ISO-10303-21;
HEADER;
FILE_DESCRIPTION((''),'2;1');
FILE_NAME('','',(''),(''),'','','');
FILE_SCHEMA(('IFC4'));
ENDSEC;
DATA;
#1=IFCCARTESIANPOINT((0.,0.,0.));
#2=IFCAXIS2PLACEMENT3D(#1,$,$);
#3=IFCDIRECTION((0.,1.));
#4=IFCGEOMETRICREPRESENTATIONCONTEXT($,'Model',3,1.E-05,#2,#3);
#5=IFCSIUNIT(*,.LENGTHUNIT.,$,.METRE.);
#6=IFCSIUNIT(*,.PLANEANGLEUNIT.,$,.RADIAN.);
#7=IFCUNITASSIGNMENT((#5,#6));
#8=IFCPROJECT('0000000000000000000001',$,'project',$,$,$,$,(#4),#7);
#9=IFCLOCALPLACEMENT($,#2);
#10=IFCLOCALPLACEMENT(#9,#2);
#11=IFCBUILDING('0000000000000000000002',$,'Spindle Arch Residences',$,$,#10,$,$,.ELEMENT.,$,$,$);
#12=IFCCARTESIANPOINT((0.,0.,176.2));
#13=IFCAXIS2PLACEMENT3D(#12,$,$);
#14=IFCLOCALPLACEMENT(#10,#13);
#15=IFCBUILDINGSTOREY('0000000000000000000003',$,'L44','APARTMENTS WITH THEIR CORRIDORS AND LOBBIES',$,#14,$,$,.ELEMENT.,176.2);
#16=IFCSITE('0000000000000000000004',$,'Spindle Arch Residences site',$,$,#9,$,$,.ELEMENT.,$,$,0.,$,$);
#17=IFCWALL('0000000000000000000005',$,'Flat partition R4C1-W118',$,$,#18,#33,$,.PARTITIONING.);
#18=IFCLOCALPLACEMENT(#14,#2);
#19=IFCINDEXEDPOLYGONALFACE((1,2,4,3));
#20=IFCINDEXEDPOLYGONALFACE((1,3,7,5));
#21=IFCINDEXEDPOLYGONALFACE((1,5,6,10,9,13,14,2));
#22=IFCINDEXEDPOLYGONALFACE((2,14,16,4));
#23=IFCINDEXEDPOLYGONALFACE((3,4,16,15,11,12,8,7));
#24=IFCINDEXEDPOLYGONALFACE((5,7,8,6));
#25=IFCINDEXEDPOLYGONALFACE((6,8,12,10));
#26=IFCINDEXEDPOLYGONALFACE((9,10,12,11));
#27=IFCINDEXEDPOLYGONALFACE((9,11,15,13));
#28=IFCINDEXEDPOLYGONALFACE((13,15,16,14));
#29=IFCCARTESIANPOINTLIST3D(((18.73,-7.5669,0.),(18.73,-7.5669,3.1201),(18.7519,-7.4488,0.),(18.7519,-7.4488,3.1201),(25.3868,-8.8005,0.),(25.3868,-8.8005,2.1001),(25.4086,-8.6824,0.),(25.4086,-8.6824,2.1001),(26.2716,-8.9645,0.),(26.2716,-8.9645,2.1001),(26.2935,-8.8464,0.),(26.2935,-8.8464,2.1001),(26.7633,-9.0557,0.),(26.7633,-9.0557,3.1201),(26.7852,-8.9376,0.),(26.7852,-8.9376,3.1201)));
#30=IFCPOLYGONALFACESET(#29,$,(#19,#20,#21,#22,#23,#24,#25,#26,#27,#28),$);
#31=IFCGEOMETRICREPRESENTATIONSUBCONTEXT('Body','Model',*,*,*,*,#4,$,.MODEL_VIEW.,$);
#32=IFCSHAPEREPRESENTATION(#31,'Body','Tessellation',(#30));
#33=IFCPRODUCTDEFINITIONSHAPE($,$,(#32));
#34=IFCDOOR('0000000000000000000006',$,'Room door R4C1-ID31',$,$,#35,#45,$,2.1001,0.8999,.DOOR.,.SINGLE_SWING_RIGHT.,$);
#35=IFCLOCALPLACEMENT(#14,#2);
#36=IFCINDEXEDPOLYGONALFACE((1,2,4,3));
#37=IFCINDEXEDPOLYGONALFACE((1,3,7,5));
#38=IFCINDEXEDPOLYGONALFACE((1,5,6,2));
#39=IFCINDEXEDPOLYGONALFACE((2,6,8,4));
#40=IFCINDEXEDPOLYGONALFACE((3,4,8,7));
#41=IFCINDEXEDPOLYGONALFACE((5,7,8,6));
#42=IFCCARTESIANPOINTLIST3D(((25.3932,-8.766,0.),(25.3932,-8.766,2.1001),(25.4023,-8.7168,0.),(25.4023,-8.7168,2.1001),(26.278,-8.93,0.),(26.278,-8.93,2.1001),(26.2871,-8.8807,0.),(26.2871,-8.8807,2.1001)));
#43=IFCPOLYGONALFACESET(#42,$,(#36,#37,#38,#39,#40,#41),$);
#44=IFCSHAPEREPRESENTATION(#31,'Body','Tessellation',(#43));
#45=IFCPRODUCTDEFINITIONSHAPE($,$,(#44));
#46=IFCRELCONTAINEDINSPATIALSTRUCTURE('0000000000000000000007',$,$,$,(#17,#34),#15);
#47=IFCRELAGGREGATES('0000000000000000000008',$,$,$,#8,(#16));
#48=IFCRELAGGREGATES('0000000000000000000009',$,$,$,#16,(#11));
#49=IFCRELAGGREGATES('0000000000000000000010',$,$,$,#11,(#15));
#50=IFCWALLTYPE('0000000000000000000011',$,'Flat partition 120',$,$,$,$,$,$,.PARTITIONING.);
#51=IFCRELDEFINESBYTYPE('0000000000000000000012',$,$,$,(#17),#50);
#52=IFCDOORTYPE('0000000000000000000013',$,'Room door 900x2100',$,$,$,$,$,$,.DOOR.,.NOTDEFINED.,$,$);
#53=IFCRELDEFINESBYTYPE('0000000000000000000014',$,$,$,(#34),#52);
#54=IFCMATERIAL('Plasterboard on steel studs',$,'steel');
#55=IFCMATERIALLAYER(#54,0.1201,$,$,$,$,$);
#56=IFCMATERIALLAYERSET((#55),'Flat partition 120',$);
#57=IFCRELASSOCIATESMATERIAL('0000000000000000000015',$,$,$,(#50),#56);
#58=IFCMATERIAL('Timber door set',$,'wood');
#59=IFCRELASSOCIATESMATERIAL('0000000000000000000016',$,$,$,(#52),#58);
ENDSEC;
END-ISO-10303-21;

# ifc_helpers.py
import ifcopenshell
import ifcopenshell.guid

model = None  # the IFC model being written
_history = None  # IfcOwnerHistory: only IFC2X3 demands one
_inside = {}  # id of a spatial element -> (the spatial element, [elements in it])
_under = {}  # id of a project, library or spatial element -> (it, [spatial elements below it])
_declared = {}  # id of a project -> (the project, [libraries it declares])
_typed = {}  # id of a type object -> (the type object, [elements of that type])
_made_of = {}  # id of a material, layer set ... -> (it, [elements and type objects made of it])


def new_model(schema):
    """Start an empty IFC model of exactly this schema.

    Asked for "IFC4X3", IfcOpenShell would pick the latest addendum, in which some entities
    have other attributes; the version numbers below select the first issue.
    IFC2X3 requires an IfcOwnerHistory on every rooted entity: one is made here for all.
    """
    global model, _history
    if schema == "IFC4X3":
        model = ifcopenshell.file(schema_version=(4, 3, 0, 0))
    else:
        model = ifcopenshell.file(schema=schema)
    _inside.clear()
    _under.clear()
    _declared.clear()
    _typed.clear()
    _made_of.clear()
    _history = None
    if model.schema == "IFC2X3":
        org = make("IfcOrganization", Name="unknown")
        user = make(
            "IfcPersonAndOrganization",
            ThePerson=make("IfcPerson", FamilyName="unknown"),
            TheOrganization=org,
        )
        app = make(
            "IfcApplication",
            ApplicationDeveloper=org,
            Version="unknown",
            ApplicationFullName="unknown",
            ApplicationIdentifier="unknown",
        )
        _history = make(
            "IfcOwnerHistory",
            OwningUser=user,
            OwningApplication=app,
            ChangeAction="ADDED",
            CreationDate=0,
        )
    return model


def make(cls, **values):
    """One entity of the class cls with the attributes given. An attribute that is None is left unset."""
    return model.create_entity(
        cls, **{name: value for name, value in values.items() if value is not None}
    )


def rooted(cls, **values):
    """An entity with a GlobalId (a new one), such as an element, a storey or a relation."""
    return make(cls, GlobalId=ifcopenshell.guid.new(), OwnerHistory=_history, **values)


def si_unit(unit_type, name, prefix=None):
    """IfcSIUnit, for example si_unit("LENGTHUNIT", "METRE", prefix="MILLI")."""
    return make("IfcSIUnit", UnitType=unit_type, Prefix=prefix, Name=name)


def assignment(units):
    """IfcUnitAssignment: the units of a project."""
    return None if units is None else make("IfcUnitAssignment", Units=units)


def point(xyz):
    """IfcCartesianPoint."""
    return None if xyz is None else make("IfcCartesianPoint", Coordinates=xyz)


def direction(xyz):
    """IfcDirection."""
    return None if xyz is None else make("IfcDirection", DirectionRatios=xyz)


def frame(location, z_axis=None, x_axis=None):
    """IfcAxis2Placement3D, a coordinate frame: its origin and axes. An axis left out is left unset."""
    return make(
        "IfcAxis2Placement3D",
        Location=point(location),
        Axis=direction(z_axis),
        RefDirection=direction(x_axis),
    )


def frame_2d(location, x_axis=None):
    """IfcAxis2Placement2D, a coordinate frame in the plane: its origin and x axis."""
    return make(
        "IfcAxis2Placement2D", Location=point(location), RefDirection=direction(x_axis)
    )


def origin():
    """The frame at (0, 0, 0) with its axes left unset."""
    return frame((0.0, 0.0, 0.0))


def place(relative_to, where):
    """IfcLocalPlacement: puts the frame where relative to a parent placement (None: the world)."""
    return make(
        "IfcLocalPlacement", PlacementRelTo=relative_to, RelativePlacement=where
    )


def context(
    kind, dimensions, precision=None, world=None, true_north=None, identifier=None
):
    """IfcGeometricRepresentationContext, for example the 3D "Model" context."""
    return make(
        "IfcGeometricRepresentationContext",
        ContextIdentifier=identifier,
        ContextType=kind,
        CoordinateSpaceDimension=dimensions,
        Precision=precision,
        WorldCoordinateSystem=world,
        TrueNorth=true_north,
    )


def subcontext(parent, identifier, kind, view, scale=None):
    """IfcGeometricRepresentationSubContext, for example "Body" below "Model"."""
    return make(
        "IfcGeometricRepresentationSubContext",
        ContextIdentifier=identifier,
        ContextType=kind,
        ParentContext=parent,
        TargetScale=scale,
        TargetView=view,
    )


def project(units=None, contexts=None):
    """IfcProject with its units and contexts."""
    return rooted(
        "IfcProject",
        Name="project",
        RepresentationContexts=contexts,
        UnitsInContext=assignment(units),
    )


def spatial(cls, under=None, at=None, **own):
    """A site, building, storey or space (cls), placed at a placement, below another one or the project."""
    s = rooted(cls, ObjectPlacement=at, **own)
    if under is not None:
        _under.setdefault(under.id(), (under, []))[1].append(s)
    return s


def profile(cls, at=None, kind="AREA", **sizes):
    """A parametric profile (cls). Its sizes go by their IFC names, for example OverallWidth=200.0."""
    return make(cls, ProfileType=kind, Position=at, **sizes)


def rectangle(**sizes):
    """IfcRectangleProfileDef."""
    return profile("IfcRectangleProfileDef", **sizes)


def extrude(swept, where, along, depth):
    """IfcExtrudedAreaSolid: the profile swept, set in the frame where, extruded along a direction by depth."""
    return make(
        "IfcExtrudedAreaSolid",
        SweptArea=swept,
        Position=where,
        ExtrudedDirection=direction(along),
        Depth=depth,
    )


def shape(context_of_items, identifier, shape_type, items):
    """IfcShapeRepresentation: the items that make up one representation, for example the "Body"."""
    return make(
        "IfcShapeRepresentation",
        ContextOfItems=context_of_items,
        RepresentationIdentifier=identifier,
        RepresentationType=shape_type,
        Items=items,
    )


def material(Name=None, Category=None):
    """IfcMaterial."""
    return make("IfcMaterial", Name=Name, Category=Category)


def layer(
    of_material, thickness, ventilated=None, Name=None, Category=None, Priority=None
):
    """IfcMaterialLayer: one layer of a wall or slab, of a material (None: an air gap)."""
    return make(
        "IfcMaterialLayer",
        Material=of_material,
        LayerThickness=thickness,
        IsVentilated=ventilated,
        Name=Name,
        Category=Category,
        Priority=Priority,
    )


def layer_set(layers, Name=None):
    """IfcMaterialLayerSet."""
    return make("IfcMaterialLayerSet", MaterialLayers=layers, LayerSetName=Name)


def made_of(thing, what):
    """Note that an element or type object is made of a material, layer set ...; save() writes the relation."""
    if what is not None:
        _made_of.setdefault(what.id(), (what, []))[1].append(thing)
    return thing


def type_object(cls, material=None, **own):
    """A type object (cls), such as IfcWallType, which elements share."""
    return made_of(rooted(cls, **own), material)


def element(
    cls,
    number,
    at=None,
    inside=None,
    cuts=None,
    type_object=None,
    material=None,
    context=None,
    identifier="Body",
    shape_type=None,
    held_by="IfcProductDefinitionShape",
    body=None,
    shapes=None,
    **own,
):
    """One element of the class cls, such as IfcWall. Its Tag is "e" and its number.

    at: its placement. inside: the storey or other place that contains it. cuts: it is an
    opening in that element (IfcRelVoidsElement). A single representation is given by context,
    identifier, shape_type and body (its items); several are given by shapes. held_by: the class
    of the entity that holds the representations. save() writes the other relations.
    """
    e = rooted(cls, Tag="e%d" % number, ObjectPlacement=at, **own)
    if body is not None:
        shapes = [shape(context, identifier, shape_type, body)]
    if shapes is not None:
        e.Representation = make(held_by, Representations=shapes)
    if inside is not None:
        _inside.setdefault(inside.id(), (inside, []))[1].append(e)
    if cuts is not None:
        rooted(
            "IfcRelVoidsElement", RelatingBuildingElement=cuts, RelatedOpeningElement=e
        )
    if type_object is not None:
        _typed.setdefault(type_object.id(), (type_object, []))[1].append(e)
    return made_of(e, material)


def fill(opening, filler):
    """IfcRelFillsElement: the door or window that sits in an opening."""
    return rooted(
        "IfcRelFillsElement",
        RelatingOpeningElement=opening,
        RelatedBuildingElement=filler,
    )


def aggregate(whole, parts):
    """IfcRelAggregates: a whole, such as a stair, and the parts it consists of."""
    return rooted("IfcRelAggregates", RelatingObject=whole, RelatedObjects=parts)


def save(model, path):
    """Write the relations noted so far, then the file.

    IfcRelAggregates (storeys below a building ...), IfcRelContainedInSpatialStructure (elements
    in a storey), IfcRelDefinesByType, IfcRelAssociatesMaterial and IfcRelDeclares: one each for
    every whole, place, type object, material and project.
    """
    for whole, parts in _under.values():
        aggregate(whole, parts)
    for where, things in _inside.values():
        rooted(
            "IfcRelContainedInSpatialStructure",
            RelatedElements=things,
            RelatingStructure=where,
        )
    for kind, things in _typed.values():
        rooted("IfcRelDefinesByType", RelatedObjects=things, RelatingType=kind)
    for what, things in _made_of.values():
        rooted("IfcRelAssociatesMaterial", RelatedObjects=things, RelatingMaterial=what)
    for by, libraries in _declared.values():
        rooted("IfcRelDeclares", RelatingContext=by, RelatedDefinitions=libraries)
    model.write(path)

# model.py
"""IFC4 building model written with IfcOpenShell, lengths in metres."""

from ifc_helpers import new_model, si_unit, direction, frame, frame_2d, origin, place, context, subcontext, project, spatial, rectangle, extrude, material, layer, layer_set, type_object, element, fill, save


model = new_model("IFC4")

# Units and contexts
model_context = context("Model", 3, precision=1e-05, world=origin(), true_north=direction((0.0, 1.0)))
body_context = subcontext(model_context, "Body", "Model", "MODEL_VIEW")
ifc_project = project(units=[si_unit("LENGTHUNIT", "METRE"), si_unit("PLANEANGLEUNIT", "RADIAN")], contexts=[model_context])

# Site, building, storey
site_placement = place(None, origin())
site = spatial("IfcSite", under=ifc_project, at=site_placement, Name="Spindle Arch Residences site", CompositionType="ELEMENT", RefElevation=0.0)
building_placement = place(site_placement, origin())
building = spatial("IfcBuilding", under=site, at=building_placement, Name="Spindle Arch Residences", CompositionType="ELEMENT")
storey_placement = place(building_placement, frame((0.0, 0.0, 176.2)))
storey = spatial("IfcBuildingStorey", under=building, at=storey_placement, Name="L44", Description="APARTMENTS WITH THEIR CORRIDORS AND LOBBIES", CompositionType="ELEMENT", Elevation=176.2)

# Shared definitions
ifc_material_1 = material(Name="Plasterboard on steel studs", Category="steel")
ifc_layer_1 = layer(ifc_material_1, 0.1201)
ifc_layer_set_1 = layer_set([ifc_layer_1], Name="Flat partition 120")
wall_type = type_object("IfcWallType", Name="Flat partition 120", PredefinedType="PARTITIONING", material=ifc_layer_set_1)
ifc_material_2 = material(Name="Timber door set", Category="wood")
door_type = type_object("IfcDoorType", Name="Room door 900x2100", OperationType="NOTDEFINED", PredefinedType="DOOR", material=ifc_material_2)

# Wall, opening, door
wall_1_placement = place(storey_placement, frame((26.7742, -8.9966, 0.0), z_axis=(0.0, 0.0, 1.0), x_axis=(-0.983258, 0.182219, 0.0)))
wall_1 = element("IfcWall", 1, at=wall_1_placement, inside=storey, type_object=wall_type, Name="Flat partition R4C1-W118", PredefinedType="PARTITIONING", context=body_context, shape_type="SweptSolid", body=[
    extrude(rectangle(XDim=8.1702, YDim=0.1201, at=frame_2d((4.085, 0.0))), origin(), (0.0, 0.0, 1.0), 3.1201),
])
opening_1_placement = place(wall_1_placement, frame((0.5, 0.0, 0.0)))
opening_1 = element("IfcOpeningElement", 2, at=opening_1_placement, cuts=wall_1, PredefinedType="OPENING", context=body_context, shape_type="SweptSolid", body=[
    extrude(rectangle(XDim=0.8999, YDim=2.1001, at=frame_2d((0.45, 1.05))), frame((0.0, 0.0701, 0.0), z_axis=(0.0, -1.0, 0.0), x_axis=(1.0, 0.0, 0.0)), (0.0, 0.0, 1.0), 0.1401),
])
door_1_placement = place(opening_1_placement, origin())
door_1 = element("IfcDoor", 3, at=door_1_placement, inside=storey, type_object=door_type, Name="Room door R4C1-ID31", OperationType="SINGLE_SWING_RIGHT", OverallHeight=2.1001, OverallWidth=0.8999, PredefinedType="DOOR", context=body_context, shape_type="SweptSolid", body=[
    extrude(rectangle(XDim=0.8999, YDim=2.1001, at=frame_2d((0.45, 1.05))), frame((0.0, 0.0249, 0.0), z_axis=(0.0, -1.0, 0.0), x_axis=(1.0, 0.0, 0.0)), (0.0, 0.0, 1.0), 0.05),
])
fill(opening_1, door_1)

save(model, "model.ifc")
